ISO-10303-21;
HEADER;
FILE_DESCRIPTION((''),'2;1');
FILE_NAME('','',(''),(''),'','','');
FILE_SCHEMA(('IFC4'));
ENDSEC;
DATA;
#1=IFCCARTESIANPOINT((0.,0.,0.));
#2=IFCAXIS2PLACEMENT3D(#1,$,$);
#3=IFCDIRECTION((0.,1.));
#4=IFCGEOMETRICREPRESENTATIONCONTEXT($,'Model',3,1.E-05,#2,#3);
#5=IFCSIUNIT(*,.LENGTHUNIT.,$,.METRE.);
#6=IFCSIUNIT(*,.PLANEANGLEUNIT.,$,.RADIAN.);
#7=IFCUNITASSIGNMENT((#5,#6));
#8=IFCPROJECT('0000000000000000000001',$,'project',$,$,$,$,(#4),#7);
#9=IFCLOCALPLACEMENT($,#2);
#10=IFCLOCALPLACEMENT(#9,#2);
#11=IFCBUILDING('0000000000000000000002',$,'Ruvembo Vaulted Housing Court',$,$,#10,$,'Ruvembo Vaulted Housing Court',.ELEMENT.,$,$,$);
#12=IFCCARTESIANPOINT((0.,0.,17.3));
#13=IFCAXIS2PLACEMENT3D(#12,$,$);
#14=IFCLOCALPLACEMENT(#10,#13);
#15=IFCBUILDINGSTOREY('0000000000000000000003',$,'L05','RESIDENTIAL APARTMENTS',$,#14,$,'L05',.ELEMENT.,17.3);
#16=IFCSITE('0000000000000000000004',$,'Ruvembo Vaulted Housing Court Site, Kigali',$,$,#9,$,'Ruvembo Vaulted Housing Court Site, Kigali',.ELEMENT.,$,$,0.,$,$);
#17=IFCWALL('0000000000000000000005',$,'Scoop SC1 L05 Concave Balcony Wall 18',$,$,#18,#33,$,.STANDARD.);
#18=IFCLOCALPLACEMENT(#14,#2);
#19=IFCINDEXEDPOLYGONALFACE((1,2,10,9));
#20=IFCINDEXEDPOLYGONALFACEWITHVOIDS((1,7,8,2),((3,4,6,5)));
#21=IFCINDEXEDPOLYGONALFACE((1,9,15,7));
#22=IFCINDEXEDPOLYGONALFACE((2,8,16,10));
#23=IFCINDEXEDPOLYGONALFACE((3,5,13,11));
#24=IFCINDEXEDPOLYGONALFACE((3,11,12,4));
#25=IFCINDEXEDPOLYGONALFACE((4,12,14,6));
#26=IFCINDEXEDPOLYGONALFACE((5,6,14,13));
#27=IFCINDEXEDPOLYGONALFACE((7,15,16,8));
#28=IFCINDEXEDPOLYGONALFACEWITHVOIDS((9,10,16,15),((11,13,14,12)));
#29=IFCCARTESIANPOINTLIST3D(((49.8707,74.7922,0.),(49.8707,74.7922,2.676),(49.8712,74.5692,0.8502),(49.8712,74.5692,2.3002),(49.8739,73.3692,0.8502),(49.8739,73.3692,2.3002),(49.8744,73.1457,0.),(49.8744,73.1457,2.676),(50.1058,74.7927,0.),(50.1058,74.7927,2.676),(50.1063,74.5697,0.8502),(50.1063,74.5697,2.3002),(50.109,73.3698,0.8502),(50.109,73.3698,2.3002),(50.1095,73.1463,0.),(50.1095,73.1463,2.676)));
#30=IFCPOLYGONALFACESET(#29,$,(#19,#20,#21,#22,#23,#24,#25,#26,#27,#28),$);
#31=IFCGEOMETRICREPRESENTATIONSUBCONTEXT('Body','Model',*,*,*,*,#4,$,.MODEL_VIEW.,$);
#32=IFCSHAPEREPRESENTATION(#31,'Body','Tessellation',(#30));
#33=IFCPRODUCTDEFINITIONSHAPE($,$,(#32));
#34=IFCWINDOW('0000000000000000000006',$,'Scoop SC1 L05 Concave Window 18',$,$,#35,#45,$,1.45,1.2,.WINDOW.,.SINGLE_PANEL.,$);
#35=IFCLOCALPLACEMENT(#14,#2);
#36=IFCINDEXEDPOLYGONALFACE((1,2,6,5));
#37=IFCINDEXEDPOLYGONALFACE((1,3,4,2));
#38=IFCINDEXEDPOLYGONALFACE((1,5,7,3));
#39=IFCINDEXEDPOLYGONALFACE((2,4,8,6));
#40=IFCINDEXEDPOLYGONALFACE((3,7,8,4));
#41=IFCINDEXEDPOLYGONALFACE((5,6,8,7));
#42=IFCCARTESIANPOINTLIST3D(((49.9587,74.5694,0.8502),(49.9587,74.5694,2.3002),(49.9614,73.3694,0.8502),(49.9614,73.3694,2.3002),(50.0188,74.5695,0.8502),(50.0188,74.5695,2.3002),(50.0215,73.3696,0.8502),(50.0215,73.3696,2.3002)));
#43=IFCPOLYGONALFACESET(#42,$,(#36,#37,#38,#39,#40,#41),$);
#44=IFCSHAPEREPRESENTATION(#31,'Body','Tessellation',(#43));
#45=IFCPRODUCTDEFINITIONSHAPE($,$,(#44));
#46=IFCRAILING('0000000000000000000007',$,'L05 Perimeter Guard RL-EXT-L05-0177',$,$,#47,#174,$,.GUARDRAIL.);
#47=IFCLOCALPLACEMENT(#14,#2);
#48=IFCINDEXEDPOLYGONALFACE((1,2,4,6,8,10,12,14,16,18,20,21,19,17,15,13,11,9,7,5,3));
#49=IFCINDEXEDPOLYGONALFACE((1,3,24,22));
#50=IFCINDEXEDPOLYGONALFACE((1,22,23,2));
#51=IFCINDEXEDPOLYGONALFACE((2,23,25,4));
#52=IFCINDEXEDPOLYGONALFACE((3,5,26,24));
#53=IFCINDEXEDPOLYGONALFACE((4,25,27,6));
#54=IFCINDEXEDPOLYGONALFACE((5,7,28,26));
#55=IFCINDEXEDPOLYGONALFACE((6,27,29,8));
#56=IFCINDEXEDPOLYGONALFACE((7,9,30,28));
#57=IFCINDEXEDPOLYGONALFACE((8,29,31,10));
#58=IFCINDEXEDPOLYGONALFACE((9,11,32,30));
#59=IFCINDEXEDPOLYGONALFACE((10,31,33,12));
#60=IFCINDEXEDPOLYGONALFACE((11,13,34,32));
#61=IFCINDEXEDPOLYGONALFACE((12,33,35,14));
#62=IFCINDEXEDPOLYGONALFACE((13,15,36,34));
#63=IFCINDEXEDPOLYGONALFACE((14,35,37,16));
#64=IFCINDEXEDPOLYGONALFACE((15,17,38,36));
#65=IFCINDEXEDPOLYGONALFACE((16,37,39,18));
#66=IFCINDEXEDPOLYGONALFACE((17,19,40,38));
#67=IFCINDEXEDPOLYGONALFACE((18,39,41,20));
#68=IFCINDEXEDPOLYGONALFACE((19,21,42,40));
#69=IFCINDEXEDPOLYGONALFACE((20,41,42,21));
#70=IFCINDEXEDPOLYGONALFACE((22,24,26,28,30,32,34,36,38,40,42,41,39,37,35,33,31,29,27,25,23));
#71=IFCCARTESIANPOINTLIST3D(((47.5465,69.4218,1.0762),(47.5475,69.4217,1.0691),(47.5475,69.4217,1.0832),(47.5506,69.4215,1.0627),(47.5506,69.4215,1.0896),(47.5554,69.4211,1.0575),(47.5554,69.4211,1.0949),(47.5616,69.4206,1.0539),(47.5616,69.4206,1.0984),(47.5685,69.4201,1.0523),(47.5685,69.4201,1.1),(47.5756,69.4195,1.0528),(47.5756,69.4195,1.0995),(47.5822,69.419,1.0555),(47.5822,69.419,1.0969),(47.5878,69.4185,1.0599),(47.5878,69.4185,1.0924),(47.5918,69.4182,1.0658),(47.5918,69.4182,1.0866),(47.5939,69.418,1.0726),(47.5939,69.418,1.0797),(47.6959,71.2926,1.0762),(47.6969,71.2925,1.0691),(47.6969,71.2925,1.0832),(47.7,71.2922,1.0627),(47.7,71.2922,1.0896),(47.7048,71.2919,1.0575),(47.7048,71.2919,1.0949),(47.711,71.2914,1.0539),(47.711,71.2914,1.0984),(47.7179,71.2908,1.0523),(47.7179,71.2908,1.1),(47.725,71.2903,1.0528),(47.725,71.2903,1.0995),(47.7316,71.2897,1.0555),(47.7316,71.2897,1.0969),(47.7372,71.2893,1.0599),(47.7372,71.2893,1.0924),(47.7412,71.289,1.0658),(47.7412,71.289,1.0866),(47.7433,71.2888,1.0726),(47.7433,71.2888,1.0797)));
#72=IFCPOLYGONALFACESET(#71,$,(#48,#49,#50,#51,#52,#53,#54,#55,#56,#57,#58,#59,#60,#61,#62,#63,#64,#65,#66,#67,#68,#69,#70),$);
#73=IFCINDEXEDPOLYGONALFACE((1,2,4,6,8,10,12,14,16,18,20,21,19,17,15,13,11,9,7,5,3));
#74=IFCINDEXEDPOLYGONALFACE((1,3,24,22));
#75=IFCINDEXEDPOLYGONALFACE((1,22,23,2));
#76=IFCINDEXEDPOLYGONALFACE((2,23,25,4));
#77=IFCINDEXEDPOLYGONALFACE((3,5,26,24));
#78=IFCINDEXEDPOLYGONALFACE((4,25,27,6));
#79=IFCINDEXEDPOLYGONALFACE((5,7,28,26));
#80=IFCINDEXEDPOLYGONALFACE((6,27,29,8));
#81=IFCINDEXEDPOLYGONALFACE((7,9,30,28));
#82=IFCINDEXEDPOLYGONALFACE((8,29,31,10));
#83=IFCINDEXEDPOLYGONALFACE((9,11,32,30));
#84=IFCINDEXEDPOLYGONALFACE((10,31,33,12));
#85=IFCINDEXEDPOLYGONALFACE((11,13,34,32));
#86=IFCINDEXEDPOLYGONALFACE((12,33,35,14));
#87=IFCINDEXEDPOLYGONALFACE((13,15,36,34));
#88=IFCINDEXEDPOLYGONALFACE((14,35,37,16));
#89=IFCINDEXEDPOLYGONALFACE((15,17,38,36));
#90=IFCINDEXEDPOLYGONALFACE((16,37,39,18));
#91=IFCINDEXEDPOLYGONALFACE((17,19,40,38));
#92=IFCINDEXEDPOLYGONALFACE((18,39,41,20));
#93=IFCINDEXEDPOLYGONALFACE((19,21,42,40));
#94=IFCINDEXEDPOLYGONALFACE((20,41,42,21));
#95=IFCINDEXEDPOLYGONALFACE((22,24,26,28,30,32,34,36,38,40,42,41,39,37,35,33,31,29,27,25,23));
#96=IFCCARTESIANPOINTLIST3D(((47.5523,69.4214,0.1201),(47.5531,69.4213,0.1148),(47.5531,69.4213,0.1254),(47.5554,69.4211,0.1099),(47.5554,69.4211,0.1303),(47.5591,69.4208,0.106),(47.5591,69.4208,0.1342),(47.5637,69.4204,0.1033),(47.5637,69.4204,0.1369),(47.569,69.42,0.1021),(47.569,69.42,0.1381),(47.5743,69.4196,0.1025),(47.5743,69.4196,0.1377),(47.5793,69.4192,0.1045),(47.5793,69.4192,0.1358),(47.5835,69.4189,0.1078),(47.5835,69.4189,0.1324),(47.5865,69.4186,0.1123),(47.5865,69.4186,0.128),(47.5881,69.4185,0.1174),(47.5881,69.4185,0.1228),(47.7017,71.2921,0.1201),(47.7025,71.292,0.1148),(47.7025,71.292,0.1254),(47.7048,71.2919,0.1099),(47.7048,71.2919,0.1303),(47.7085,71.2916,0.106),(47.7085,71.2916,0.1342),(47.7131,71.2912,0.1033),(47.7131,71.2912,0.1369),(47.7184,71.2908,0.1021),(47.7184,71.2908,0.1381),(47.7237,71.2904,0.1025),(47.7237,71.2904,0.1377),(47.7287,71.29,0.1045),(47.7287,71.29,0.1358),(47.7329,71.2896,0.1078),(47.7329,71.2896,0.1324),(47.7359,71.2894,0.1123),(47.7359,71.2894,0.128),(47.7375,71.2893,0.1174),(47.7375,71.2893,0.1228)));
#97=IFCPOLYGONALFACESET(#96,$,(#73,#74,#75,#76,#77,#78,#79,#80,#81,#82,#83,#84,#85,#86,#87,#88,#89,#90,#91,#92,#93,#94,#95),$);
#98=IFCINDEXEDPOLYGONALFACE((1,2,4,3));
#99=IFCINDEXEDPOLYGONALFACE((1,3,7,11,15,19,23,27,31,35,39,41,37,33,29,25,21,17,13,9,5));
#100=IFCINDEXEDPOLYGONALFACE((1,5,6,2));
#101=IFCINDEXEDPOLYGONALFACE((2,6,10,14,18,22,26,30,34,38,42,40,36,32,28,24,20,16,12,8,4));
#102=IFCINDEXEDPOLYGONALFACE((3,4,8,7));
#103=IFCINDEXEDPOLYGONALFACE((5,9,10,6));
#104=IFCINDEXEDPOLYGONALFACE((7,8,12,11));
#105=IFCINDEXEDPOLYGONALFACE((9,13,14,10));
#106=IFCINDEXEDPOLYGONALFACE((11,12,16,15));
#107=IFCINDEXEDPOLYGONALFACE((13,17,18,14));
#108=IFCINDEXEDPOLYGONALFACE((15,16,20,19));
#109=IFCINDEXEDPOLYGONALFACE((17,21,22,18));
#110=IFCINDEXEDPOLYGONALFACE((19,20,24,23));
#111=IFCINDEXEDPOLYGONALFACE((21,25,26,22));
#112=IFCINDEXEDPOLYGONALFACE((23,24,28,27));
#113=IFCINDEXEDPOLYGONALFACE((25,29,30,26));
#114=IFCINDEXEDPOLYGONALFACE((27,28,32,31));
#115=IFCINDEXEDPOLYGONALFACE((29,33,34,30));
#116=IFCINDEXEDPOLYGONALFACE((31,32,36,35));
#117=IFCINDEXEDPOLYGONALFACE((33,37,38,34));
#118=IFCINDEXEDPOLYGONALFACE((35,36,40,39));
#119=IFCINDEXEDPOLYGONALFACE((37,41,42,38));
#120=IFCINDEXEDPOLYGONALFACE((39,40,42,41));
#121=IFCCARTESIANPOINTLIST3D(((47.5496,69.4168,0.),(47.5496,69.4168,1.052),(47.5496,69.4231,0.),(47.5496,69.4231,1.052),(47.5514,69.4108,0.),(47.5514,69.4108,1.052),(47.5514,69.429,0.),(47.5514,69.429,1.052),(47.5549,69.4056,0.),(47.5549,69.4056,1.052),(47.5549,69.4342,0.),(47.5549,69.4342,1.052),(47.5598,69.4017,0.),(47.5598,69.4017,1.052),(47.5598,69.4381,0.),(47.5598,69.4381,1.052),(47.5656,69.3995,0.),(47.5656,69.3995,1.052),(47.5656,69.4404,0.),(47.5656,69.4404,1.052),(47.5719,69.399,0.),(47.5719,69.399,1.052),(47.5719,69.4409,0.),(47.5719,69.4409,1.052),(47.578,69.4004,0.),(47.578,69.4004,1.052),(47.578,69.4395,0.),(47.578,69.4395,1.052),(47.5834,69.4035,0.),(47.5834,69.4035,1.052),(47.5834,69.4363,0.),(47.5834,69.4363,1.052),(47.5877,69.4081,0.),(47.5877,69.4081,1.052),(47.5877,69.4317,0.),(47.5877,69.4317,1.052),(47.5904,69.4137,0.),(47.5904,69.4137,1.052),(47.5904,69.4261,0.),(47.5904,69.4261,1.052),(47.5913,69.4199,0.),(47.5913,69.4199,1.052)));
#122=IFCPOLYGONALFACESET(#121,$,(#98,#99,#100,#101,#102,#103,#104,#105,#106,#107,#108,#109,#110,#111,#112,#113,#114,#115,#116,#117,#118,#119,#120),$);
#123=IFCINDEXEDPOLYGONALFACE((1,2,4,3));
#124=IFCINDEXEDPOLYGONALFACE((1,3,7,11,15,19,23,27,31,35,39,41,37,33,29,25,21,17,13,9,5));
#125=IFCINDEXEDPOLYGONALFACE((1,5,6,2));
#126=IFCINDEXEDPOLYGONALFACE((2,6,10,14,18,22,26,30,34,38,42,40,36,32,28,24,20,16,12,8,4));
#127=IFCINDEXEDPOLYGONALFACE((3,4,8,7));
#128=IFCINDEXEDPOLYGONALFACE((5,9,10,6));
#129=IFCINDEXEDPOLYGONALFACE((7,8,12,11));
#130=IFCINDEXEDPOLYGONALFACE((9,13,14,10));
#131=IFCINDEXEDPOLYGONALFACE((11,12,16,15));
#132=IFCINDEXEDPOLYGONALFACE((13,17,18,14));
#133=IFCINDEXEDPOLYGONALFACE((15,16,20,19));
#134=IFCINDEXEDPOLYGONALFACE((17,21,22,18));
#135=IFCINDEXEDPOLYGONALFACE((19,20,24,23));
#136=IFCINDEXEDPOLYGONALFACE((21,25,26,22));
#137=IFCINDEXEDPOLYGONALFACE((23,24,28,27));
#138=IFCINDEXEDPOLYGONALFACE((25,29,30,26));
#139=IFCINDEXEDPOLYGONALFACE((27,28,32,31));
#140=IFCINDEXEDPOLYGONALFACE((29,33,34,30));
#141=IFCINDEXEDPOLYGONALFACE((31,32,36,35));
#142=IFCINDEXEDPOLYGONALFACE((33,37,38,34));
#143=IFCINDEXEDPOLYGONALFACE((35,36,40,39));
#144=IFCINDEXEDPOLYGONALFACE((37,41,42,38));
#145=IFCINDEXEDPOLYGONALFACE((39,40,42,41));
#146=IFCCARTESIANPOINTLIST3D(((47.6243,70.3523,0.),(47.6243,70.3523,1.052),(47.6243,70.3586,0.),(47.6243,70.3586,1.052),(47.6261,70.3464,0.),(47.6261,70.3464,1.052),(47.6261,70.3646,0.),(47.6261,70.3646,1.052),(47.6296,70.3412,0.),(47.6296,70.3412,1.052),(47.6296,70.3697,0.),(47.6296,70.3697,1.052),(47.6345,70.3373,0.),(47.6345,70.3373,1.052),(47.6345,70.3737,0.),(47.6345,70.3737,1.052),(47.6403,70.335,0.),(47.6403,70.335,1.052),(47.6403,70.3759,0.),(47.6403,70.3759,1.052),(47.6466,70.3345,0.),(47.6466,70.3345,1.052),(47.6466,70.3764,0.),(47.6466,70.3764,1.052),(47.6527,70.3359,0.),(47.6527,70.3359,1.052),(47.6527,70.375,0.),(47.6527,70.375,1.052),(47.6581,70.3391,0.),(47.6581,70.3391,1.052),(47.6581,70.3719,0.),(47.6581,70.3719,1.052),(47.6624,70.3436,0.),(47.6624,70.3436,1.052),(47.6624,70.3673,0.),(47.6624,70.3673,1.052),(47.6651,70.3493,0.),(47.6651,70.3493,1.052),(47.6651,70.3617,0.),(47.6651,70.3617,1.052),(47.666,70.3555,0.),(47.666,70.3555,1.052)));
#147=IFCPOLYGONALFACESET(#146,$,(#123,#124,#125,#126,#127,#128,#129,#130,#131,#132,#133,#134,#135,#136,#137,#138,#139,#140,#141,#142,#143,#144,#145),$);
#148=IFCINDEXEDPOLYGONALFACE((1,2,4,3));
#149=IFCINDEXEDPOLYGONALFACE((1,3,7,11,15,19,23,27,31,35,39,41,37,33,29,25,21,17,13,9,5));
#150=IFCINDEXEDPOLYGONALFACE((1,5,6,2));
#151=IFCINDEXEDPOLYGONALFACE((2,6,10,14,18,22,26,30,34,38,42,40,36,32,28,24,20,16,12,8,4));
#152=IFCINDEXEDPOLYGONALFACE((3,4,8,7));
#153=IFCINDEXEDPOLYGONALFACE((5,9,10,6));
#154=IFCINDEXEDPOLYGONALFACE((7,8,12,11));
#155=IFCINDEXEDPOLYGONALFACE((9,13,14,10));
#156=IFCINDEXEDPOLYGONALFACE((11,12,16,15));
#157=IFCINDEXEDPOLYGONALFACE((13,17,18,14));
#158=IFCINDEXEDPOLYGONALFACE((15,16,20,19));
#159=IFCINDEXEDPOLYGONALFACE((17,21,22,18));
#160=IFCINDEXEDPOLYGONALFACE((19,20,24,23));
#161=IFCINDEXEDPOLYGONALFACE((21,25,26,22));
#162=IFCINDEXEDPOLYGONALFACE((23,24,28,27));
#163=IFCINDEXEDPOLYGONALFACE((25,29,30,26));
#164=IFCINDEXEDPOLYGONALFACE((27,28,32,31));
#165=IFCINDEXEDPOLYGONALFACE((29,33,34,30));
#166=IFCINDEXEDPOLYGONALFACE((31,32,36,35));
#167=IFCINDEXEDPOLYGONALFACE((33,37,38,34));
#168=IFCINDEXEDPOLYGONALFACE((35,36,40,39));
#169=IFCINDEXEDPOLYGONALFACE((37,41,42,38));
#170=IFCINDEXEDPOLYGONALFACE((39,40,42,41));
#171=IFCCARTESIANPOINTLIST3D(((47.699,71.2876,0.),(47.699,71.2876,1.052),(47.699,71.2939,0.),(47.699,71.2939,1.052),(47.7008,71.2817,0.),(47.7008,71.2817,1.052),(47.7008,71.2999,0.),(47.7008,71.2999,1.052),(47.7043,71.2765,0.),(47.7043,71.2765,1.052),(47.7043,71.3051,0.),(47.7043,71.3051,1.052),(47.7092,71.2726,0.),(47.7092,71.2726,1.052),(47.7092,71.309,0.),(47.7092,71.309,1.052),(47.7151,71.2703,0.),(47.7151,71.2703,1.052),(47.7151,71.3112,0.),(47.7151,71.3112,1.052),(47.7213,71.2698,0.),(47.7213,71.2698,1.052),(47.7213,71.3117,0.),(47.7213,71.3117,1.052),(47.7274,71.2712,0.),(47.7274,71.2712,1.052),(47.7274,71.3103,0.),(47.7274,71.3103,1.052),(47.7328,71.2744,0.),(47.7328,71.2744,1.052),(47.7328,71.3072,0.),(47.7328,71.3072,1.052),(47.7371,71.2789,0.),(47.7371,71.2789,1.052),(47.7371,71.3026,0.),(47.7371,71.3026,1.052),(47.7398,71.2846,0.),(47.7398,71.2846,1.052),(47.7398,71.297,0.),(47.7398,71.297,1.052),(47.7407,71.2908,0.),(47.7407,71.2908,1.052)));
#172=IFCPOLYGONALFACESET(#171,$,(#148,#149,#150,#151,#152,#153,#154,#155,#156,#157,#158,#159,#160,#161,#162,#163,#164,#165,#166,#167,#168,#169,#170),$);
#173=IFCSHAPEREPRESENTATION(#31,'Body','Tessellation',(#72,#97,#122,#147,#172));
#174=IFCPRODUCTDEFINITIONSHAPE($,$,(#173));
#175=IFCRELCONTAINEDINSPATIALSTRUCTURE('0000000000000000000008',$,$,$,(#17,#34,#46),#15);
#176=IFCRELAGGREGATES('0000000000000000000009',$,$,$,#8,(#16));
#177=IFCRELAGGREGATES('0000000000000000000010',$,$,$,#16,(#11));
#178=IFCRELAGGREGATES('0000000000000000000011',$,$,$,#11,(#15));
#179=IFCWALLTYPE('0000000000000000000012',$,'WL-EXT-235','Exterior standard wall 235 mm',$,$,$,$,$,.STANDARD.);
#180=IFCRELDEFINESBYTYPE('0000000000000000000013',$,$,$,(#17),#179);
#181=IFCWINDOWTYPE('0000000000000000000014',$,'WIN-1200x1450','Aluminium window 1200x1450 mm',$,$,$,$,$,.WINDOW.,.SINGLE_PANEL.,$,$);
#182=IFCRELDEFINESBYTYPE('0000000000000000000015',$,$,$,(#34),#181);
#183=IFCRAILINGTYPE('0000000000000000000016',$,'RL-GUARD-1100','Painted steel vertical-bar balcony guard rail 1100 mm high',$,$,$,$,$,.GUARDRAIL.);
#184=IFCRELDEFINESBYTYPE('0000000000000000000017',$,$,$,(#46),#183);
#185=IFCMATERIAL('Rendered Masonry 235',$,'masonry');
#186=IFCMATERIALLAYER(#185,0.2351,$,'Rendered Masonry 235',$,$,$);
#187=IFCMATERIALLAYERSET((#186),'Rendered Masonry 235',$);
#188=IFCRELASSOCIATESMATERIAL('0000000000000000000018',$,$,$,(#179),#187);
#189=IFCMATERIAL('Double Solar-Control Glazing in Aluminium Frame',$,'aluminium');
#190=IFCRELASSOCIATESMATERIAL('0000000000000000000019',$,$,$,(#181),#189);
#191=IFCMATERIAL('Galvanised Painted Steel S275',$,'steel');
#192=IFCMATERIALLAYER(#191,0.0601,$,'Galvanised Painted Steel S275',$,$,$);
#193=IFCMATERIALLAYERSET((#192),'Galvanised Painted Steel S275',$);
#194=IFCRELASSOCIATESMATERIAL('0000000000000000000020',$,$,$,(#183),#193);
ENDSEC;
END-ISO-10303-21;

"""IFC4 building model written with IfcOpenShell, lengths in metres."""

from ifc_helpers import new_model, si_unit, direction, frame, frame_2d, origin, origin_2d, place, context, subcontext, project, spatial, rectangle, circle, extrude, material, layer, layer_set, type_object, element, fill, save


model = new_model("IFC4")

# Units and contexts
model_context = context("Model", 3, precision=1e-05, world=origin(), true_north=direction((0.0, 1.0)))
body_context = subcontext(model_context, "Body", "Model", "MODEL_VIEW")
ifc_project = project(units=[si_unit("LENGTHUNIT", "METRE"), si_unit("PLANEANGLEUNIT", "RADIAN")], contexts=[model_context])

# Site, building, storey
site_placement = place(None, origin())
site = spatial("IfcSite", under=ifc_project, at=site_placement, Name="Ruvembo Vaulted Housing Court Site, Kigali", LongName="Ruvembo Vaulted Housing Court Site, Kigali", CompositionType="ELEMENT", RefElevation=0.0)
building_placement = place(site_placement, origin())
building = spatial("IfcBuilding", under=site, at=building_placement, Name="Ruvembo Vaulted Housing Court", LongName="Ruvembo Vaulted Housing Court", CompositionType="ELEMENT")
storey_placement = place(building_placement, frame((0.0, 0.0, 17.3)))
storey = spatial("IfcBuildingStorey", under=building, at=storey_placement, Name="L05", Description="RESIDENTIAL APARTMENTS", LongName="L05", CompositionType="ELEMENT", Elevation=17.3)

# Wall, opening, window
ifc_material_1 = material(Name="Rendered Masonry 235", Category="masonry")
ifc_layer_1 = layer(ifc_material_1, 0.2351, Name="Rendered Masonry 235")
ifc_layer_set_1 = layer_set([ifc_layer_1], Name="Rendered Masonry 235")
wall_type = type_object("IfcWallType", Name="WL-EXT-235", Description="Exterior standard wall 235 mm", PredefinedType="STANDARD", material=ifc_layer_set_1)
ifc_material_2 = material(Name="Double Solar-Control Glazing in Aluminium Frame", Category="aluminium")
wall_1_placement = place(storey_placement, frame((49.9919, 73.146, 0.0), z_axis=(0.0, 0.0, 1.0), x_axis=(-0.002224, 0.999998, 0.0)))
wall_1 = element("IfcWall", 1, at=wall_1_placement, inside=storey, type_object=wall_type, Name="Scoop SC1 L05 Concave Balcony Wall 18", PredefinedType="STANDARD", context=body_context, shape_type="SweptSolid", body=[
    extrude(rectangle(XDim=1.6465, YDim=0.2351, at=frame_2d((0.8232, 0.0))), origin(), (0.0, 0.0, 1.0), 2.676),
])
opening_1_placement = place(wall_1_placement, frame((0.2234, 0.0, 0.8501)))
opening_1 = element("IfcOpeningElement", 2, at=opening_1_placement, cuts=wall_1, PredefinedType="OPENING", context=body_context, shape_type="SweptSolid", body=[
    extrude(rectangle(XDim=1.2, YDim=1.45, at=frame_2d((0.6001, 0.7251))), frame((0.0, 0.1274, 0.0), z_axis=(0.0, -1.0, 0.0), x_axis=(1.0, 0.0, 0.0)), (0.0, 0.0, 1.0), 0.2551),
])
window_type_1 = type_object("IfcWindowType", Name="WIN-1200x1450", Description="Aluminium window 1200x1450 mm", PartitioningType="SINGLE_PANEL", PredefinedType="WINDOW", material=ifc_material_2)
window_1_placement = place(opening_1_placement, origin())
window_1 = element("IfcWindow", 3, at=window_1_placement, inside=storey, type_object=window_type_1, Name="Scoop SC1 L05 Concave Window 18", OverallHeight=1.45, OverallWidth=1.2, PartitioningType="SINGLE_PANEL", PredefinedType="WINDOW", context=body_context, shape_type="SweptSolid", body=[
    extrude(rectangle(XDim=1.2, YDim=1.45, at=frame_2d((0.6001, 0.7251))), frame((0.0, 0.03, 0.0), z_axis=(0.0, -1.0, 0.0), x_axis=(1.0, 0.0, 0.0)), (0.0, 0.0, 1.0), 0.0601),
])
fill(opening_1, window_1)

# Railing
ifc_material_3 = material(Name="Galvanised Painted Steel S275", Category="steel")
ifc_layer_2 = layer(ifc_material_3, 0.0601, Name="Galvanised Painted Steel S275")
ifc_layer_set_2 = layer_set([ifc_layer_2], Name="Galvanised Painted Steel S275")
railing_type = type_object("IfcRailingType", Name="RL-GUARD-1100", Description="Painted steel vertical-bar balcony guard rail 1100 mm high", PredefinedType="GUARDRAIL", material=ifc_layer_set_2)
railing_1_placement = place(storey_placement, frame((47.5703, 69.4199, 0.0)))
element("IfcRailing", 4, at=railing_1_placement, inside=storey, type_object=railing_type, Name="L05 Perimeter Guard RL-EXT-L05-0177", PredefinedType="GUARDRAIL", context=body_context, shape_type="SweptSolid", body=[
    extrude(circle(Radius=0.0239, at=origin_2d()), frame((0.0, 0.0, 1.0762), z_axis=(0.079611, 0.996826, 0.0), x_axis=(-0.996826, 0.079611, 0.0)), (0.0, 0.0, 1.0), 1.8767),
    extrude(circle(Radius=0.0181, at=origin_2d()), frame((0.0, 0.0, 0.1201), z_axis=(0.079611, 0.996826, 0.0), x_axis=(-0.996826, 0.079611, 0.0)), (0.0, 0.0, 1.0), 1.8767),
    extrude(circle(Radius=0.021, at=origin_2d()), origin(), (0.0, 0.0, 1.0), 1.052),
    extrude(circle(Radius=0.021, at=origin_2d()), frame((0.0747, 0.9355, 0.0)), (0.0, 0.0, 1.0), 1.052),
    extrude(circle(Radius=0.021, at=origin_2d()), frame((0.1494, 1.8708, 0.0)), (0.0, 0.0, 1.0), 1.052),
])

save(model, "model.ifc")
